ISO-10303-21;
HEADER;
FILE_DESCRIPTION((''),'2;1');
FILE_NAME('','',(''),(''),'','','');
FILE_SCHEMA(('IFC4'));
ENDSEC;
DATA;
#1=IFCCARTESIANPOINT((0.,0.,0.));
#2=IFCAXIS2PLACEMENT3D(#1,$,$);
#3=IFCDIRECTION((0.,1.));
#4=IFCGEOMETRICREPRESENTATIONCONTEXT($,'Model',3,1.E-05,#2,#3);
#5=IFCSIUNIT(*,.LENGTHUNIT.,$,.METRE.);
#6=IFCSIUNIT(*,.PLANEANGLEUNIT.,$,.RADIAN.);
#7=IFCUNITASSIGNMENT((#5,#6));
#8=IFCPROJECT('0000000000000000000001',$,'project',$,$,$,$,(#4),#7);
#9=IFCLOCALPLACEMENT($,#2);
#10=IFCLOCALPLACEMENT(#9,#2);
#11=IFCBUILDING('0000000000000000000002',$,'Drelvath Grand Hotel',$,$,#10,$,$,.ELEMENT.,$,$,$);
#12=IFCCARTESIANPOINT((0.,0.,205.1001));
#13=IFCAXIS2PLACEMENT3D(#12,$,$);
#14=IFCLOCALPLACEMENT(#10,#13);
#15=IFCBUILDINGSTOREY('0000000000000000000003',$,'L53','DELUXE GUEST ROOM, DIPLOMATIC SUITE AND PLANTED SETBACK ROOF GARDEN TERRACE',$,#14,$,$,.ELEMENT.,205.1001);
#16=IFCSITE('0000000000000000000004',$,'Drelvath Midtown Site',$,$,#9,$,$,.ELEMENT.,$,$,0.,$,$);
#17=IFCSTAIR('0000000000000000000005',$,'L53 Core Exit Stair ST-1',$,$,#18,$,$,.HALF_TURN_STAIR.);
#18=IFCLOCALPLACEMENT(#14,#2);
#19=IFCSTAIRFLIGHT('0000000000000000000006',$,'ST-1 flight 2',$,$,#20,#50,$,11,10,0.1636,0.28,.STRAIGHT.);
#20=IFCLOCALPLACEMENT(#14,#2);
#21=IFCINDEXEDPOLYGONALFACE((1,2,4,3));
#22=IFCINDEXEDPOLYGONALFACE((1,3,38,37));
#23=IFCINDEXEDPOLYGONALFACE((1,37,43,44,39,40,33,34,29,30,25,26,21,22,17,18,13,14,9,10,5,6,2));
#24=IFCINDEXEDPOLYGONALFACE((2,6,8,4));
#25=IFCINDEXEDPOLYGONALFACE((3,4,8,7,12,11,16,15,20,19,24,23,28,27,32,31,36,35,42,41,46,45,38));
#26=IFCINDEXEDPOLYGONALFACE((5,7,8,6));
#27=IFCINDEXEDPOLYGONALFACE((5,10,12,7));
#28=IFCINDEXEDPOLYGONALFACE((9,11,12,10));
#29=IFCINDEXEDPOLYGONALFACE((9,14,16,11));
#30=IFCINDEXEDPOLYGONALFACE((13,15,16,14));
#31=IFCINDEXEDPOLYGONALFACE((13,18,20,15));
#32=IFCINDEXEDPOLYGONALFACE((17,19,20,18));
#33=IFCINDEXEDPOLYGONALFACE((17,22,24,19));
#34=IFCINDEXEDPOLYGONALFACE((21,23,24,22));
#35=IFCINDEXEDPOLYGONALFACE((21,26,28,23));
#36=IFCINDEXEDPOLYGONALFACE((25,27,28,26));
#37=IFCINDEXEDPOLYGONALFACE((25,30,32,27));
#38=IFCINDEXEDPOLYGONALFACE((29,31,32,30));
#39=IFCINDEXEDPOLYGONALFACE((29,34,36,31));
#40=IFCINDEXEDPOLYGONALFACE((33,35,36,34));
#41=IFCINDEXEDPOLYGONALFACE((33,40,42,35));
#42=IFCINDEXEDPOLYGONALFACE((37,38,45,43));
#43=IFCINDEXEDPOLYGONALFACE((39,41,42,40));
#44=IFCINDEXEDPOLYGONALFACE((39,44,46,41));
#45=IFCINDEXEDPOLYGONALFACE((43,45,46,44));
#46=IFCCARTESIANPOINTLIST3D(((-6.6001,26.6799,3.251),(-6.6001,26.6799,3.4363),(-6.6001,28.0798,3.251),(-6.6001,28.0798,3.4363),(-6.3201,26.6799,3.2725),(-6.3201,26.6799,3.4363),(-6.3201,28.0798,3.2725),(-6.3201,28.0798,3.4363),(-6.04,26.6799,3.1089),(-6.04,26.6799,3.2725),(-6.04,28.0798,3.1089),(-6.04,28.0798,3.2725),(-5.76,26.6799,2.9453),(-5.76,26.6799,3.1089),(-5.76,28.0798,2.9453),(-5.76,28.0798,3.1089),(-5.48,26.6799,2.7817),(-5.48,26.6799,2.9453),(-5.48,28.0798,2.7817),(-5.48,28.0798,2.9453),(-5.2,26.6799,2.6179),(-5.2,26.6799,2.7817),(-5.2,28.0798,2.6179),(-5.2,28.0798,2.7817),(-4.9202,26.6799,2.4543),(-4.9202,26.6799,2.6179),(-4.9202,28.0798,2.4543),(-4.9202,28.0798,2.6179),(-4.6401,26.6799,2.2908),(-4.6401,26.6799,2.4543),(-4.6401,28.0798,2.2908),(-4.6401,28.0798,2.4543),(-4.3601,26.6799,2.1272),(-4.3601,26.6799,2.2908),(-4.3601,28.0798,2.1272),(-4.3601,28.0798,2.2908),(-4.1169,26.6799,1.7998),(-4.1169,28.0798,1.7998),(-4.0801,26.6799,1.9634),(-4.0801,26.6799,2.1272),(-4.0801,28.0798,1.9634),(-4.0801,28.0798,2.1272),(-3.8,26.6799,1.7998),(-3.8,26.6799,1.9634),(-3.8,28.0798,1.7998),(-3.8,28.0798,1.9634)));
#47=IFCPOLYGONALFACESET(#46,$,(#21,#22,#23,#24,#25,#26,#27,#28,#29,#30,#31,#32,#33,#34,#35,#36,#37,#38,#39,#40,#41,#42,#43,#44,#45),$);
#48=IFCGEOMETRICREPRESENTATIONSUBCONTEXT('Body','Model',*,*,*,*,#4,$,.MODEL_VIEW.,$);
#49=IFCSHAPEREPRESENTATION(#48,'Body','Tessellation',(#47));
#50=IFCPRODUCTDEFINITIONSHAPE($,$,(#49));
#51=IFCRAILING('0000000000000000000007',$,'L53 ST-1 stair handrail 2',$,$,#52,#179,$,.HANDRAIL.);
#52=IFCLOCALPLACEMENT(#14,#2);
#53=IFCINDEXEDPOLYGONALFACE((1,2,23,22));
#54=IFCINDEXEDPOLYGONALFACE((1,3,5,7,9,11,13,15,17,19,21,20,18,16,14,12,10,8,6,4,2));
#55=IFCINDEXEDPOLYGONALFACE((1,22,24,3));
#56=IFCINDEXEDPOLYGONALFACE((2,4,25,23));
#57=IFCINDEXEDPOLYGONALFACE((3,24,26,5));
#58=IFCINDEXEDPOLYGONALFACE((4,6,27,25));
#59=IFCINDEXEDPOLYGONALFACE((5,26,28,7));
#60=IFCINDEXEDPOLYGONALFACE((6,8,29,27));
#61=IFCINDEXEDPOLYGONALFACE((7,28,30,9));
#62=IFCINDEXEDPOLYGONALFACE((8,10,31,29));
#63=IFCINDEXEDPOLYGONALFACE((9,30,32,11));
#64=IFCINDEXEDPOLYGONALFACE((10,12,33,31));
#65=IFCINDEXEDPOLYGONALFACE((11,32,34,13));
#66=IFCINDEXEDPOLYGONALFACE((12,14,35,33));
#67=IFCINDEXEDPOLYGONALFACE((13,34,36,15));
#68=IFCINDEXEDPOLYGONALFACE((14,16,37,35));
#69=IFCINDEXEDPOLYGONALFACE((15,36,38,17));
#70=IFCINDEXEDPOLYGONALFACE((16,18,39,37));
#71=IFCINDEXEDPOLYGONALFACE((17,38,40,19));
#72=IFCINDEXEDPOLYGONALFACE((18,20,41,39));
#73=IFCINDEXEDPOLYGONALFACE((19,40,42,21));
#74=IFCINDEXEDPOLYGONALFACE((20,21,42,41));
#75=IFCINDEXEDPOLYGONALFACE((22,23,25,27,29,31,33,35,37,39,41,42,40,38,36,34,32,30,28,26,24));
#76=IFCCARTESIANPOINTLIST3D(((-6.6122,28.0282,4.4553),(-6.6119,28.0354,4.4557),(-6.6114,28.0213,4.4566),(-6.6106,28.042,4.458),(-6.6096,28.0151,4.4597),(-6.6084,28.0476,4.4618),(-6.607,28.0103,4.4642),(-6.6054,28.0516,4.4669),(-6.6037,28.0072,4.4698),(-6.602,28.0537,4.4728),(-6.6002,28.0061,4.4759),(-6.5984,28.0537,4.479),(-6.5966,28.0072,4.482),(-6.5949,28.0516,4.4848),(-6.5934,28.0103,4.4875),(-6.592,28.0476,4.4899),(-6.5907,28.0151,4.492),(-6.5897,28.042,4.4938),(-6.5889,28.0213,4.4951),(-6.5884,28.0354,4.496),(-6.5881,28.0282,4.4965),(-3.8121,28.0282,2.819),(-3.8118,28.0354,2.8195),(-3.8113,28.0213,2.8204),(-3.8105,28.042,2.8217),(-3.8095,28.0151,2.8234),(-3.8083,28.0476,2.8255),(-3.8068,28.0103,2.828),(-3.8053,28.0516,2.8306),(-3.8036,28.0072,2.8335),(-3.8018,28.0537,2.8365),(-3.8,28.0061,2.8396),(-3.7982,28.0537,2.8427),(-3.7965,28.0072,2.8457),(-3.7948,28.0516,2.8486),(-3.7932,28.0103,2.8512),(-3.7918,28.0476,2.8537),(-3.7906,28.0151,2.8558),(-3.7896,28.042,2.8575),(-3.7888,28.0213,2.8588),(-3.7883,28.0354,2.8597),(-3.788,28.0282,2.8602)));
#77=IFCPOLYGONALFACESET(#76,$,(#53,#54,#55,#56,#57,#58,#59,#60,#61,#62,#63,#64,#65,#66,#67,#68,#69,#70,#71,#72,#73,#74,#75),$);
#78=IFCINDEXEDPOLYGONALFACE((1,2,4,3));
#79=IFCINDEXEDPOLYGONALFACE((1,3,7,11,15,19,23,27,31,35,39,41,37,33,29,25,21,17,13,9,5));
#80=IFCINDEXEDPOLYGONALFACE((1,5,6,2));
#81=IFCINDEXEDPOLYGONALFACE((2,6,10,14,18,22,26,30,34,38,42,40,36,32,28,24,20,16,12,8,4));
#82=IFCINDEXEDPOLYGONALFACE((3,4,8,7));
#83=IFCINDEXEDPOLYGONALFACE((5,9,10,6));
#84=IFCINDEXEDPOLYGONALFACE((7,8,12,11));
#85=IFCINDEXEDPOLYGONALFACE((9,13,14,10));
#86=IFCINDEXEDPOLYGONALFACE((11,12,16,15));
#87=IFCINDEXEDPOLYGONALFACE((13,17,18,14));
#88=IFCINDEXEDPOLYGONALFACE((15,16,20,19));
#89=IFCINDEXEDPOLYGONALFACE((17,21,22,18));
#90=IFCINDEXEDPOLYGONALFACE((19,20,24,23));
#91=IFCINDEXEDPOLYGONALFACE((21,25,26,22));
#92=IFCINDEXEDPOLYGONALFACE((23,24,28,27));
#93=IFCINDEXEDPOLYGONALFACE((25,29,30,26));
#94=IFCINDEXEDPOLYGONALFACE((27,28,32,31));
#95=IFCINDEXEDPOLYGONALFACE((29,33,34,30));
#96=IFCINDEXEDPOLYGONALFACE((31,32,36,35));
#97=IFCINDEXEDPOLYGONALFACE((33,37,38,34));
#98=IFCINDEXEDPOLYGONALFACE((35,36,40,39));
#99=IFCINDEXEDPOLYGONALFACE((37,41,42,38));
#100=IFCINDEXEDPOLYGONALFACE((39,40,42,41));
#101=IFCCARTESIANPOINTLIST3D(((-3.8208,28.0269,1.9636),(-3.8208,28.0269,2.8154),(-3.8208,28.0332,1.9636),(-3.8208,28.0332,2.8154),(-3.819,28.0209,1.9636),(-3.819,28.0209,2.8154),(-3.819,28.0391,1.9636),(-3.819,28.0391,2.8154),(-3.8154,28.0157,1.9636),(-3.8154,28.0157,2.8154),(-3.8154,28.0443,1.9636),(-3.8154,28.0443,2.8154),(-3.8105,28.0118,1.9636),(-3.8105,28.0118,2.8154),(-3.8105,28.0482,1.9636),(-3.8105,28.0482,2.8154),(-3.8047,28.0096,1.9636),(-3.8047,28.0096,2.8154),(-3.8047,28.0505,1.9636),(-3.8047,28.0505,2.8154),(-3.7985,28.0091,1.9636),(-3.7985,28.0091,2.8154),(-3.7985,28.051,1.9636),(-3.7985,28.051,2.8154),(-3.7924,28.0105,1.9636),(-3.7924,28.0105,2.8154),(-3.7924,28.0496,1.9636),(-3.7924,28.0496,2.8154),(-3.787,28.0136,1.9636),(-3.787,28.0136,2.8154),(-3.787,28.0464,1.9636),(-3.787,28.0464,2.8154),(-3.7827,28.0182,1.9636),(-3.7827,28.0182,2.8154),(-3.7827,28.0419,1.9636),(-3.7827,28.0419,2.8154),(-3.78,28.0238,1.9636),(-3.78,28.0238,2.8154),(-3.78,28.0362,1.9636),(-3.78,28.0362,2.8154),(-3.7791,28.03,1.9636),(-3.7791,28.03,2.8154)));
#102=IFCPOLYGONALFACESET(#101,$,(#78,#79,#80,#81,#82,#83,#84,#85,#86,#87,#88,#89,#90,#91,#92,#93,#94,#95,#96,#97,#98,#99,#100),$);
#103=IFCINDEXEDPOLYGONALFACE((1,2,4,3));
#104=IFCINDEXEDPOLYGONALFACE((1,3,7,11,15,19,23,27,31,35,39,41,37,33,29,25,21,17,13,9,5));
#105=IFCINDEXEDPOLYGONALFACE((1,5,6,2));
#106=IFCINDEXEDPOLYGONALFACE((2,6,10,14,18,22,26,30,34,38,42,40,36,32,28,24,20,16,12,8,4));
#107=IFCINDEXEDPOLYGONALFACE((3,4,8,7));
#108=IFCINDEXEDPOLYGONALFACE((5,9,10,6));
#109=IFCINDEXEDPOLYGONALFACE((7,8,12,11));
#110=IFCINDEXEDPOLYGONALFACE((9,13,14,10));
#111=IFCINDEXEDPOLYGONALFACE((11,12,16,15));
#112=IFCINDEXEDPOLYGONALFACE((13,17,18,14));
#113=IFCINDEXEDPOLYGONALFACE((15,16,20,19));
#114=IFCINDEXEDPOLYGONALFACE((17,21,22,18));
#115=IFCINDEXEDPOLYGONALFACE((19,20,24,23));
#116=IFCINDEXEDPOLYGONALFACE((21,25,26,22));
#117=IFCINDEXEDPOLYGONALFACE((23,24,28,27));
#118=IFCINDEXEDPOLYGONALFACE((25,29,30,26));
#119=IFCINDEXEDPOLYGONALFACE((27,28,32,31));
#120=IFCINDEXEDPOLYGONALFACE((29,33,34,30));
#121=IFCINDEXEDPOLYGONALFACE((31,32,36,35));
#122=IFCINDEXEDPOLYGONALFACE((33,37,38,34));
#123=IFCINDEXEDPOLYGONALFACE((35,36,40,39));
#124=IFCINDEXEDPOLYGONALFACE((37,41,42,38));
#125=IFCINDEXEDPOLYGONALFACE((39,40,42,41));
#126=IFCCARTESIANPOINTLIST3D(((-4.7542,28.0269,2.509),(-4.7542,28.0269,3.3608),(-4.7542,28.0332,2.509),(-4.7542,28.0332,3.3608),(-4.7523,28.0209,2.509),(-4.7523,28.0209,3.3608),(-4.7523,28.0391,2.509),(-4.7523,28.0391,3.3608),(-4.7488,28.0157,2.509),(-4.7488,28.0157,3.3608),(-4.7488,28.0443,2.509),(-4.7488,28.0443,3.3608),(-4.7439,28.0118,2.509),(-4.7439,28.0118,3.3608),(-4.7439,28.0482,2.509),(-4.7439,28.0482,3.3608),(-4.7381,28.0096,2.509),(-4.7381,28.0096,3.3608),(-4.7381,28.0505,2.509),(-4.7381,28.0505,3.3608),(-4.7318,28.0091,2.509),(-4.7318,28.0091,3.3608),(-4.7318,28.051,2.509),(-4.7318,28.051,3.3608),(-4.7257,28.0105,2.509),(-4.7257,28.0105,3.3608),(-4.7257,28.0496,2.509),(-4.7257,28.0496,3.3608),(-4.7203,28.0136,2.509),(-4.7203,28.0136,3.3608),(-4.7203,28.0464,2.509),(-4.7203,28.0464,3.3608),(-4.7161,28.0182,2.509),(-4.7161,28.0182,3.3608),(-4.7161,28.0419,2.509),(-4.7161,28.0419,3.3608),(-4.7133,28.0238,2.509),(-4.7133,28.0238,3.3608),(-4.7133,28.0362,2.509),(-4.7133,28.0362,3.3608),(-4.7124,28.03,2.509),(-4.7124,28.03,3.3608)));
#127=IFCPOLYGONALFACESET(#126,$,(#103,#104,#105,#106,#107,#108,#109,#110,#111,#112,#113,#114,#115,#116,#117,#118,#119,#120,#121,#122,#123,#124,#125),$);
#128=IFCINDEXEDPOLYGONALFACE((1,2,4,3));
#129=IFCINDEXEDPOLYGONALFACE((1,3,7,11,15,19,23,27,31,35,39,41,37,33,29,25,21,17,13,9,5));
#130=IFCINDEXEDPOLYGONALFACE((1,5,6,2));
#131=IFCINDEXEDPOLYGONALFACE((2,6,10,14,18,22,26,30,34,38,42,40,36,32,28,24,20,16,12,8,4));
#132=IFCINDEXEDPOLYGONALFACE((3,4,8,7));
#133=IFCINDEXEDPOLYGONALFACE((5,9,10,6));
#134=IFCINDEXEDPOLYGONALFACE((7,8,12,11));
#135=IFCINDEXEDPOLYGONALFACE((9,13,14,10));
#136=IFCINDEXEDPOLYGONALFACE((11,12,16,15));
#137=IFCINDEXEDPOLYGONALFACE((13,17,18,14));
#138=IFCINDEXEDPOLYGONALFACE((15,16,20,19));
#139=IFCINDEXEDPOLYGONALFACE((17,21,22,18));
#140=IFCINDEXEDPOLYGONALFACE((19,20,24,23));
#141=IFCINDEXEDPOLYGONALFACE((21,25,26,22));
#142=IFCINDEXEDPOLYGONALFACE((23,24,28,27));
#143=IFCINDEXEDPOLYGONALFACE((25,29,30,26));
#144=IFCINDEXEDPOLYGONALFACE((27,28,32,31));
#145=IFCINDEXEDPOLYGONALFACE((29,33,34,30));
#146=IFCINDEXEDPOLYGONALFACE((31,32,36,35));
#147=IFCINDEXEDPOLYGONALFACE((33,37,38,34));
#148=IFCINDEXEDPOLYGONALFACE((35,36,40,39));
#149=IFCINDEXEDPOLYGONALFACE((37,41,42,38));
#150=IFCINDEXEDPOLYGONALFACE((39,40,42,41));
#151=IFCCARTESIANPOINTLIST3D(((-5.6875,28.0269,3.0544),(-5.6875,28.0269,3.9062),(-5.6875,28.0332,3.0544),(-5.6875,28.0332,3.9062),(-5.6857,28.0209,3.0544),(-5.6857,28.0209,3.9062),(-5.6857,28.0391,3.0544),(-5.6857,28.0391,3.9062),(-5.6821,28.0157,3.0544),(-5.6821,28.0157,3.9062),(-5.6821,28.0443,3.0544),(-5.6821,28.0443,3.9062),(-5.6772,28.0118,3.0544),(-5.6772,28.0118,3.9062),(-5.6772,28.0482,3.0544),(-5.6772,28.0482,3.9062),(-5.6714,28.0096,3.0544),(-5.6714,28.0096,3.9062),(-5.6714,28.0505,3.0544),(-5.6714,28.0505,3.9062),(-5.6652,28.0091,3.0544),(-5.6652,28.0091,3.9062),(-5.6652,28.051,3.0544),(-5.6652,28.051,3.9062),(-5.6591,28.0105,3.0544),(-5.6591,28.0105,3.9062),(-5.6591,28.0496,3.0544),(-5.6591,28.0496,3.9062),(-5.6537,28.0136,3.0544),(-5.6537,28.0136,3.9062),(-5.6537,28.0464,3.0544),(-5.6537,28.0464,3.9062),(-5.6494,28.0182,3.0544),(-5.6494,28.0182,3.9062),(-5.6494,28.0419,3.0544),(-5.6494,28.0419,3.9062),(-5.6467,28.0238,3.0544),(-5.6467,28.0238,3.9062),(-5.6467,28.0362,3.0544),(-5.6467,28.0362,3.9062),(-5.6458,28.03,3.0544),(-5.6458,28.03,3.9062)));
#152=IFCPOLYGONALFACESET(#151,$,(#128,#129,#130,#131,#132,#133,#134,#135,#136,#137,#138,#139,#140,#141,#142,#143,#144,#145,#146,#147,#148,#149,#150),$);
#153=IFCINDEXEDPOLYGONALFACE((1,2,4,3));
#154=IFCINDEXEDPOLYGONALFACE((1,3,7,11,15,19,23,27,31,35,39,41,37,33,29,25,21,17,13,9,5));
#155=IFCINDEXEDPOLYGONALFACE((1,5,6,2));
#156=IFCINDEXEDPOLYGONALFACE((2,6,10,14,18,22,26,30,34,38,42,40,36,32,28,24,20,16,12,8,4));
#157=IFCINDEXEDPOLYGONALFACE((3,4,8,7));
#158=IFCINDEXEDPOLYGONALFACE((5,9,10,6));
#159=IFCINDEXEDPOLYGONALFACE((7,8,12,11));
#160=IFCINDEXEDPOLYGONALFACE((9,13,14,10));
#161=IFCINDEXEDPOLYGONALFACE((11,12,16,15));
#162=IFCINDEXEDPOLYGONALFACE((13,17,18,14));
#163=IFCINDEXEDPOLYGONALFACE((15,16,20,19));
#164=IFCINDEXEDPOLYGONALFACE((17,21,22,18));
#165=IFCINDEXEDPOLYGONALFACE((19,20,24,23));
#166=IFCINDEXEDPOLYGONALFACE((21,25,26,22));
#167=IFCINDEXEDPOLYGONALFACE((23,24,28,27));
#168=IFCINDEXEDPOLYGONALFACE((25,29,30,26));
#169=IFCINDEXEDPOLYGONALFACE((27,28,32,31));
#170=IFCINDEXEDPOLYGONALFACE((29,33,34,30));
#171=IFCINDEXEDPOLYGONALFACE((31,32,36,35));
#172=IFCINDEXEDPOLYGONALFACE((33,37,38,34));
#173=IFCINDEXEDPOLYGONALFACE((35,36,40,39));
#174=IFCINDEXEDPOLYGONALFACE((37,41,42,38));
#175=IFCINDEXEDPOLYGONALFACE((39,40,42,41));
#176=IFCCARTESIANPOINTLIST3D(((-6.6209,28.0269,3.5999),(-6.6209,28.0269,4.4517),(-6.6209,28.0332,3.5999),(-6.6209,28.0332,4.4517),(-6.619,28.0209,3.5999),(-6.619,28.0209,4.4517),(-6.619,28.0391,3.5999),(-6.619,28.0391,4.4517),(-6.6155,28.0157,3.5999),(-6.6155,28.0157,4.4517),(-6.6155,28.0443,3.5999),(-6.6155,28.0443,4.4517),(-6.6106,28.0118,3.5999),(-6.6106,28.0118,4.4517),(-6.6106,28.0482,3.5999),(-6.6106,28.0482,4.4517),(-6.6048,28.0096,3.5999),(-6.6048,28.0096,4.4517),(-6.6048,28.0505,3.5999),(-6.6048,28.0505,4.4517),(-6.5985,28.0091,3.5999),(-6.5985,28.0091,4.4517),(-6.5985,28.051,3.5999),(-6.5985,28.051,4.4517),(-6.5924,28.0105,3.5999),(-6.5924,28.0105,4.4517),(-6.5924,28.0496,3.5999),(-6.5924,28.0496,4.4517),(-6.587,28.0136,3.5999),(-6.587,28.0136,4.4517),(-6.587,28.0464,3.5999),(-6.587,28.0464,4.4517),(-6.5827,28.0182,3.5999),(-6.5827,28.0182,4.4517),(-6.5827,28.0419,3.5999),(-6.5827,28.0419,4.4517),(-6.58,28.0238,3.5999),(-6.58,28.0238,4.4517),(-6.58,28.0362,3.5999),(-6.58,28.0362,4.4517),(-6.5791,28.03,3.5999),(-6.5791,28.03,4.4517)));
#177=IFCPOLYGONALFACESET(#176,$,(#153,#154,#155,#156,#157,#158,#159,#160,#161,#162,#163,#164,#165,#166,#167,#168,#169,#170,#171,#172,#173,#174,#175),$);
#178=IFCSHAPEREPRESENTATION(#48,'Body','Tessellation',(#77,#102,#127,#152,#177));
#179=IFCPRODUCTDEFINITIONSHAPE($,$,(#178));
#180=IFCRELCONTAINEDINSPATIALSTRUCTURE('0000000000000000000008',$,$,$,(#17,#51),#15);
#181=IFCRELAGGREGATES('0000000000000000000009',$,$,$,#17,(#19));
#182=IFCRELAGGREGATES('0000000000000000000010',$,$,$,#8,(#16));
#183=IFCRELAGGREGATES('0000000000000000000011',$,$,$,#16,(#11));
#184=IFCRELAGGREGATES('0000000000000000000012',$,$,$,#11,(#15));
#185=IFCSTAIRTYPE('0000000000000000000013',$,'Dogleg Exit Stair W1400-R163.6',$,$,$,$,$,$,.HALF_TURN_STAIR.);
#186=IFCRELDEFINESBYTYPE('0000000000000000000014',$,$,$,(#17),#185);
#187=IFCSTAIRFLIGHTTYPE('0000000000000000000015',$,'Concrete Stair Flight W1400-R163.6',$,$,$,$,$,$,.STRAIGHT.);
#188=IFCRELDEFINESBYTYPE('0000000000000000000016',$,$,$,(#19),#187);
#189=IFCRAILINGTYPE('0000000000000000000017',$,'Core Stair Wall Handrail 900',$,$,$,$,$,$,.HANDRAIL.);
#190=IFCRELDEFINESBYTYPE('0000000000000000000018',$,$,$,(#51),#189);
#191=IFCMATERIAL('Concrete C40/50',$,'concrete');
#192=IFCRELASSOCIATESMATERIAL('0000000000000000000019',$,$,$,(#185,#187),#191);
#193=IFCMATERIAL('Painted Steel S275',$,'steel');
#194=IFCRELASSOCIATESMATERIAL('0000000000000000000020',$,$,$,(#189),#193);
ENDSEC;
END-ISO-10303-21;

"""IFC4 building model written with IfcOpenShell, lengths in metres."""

from ifc_helpers import new_model, si_unit, direction, frame, origin, origin_2d, place, context, subcontext, project, spatial, polyline, circle, outline, extrude, material, type_object, element, aggregate, save


model = new_model("IFC4")

# Units and contexts
model_context = context("Model", 3, precision=1e-05, world=origin(), true_north=direction((0.0, 1.0)))
body_context = subcontext(model_context, "Body", "Model", "MODEL_VIEW")
ifc_project = project(units=[si_unit("LENGTHUNIT", "METRE"), si_unit("PLANEANGLEUNIT", "RADIAN")], contexts=[model_context])

# Site, building, storey
site_placement = place(None, origin())
site = spatial("IfcSite", under=ifc_project, at=site_placement, Name="Drelvath Midtown Site", CompositionType="ELEMENT", RefElevation=0.0)
building_placement = place(site_placement, origin())
building = spatial("IfcBuilding", under=site, at=building_placement, Name="Drelvath Grand Hotel", CompositionType="ELEMENT")
storey_placement = place(building_placement, frame((0.0, 0.0, 205.1001)))
storey = spatial("IfcBuildingStorey", under=building, at=storey_placement, Name="L53", Description="DELUXE GUEST ROOM, DIPLOMATIC SUITE AND PLANTED SETBACK ROOF GARDEN TERRACE", CompositionType="ELEMENT", Elevation=205.1001)

# Shared definitions
ifc_material_1 = material(Name="Painted Steel S275", Category="steel")

# Shared definitions
ifc_material_2 = material(Name="Concrete C40/50", Category="concrete")

# Stair, stair flight
stair_type = type_object("IfcStairType", Name="Dogleg Exit Stair W1400-R163.6", PredefinedType="HALF_TURN_STAIR", material=ifc_material_2)
stair_placement = place(storey_placement, origin())
stair = element("IfcStair", 1, at=stair_placement, inside=storey, type_object=stair_type, Name="L53 Core Exit Stair ST-1", PredefinedType="HALF_TURN_STAIR")
stair_flight_type = type_object("IfcStairFlightType", Name="Concrete Stair Flight W1400-R163.6", PredefinedType="STRAIGHT", material=ifc_material_2)
stair_flight_placement = place(storey_placement, frame((-3.8, 27.3799, 1.7998), z_axis=(0.0, 0.0, 1.0), x_axis=(-1.0, 0.0, 0.0)))
stair_flight = element("IfcStairFlight", 2, at=stair_flight_placement, type_object=stair_flight_type, Name="ST-1 flight 2", NumberOfRisers=11, NumberOfTreads=10, PredefinedType="STRAIGHT", RiserHeight=0.1636, TreadLength=0.28, context=body_context, shape_type="SweptSolid", body=[
    extrude(outline(polyline([(0.0, 0.0), (0.0, 0.1636), (0.28, 0.1636), (0.28, 0.3274), (0.5601, 0.3274), (0.5601, 0.491), (0.8401, 0.491), (0.8401, 0.6545), (1.1201, 0.6545), (1.1201, 0.8181), (1.3999, 0.8181), (1.3999, 0.9819), (1.6799, 0.9819), (1.6799, 1.1455), (1.96, 1.1455), (1.96, 1.3091), (2.24, 1.3091), (2.24, 1.4727), (2.52, 1.4727), (2.52, 1.6365), (2.8, 1.6365), (2.8, 1.8), (2.8, 1.4512), (0.3169, 0.0), (0.0, 0.0)])), frame((0.0, 0.7, 0.0), z_axis=(0.0, -1.0, 0.0), x_axis=(1.0, 0.0, 0.0)), (0.0, 0.0, 1.0), 1.3999),
])
aggregate(stair, [stair_flight])

# Railing
railing_type = type_object("IfcRailingType", Name="Core Stair Wall Handrail 900", PredefinedType="HANDRAIL", material=ifc_material_1)
railing_placement = place(storey_placement, frame((-3.8, 28.03, 1.9636)))
element("IfcRailing", 3, at=railing_placement, inside=storey, type_object=railing_type, Name="L53 ST-1 stair handrail 2", PredefinedType="HANDRAIL", context=body_context, shape_type="SweptSolid", body=[
    extrude(circle(Radius=0.0239, at=origin_2d()), frame((0.0, 0.0, 0.876), z_axis=(-0.863394, 0.0, 0.504531), x_axis=(0.0, -1.0, 0.0)), (0.0, 0.0, 1.0), 3.2432),
    extrude(circle(Radius=0.021, at=origin_2d()), origin(), (0.0, 0.0, 1.0), 0.8518),
    extrude(circle(Radius=0.021, at=origin_2d()), frame((-0.9333, 0.0, 0.5454)), (0.0, 0.0, 1.0), 0.8518),
    extrude(circle(Radius=0.021, at=origin_2d()), frame((-1.8667, 0.0, 1.0908)), (0.0, 0.0, 1.0), 0.8518),
    extrude(circle(Radius=0.021, at=origin_2d()), frame((-2.8, 0.0, 1.6362)), (0.0, 0.0, 1.0), 0.8518),
])

save(model, "model.ifc")
